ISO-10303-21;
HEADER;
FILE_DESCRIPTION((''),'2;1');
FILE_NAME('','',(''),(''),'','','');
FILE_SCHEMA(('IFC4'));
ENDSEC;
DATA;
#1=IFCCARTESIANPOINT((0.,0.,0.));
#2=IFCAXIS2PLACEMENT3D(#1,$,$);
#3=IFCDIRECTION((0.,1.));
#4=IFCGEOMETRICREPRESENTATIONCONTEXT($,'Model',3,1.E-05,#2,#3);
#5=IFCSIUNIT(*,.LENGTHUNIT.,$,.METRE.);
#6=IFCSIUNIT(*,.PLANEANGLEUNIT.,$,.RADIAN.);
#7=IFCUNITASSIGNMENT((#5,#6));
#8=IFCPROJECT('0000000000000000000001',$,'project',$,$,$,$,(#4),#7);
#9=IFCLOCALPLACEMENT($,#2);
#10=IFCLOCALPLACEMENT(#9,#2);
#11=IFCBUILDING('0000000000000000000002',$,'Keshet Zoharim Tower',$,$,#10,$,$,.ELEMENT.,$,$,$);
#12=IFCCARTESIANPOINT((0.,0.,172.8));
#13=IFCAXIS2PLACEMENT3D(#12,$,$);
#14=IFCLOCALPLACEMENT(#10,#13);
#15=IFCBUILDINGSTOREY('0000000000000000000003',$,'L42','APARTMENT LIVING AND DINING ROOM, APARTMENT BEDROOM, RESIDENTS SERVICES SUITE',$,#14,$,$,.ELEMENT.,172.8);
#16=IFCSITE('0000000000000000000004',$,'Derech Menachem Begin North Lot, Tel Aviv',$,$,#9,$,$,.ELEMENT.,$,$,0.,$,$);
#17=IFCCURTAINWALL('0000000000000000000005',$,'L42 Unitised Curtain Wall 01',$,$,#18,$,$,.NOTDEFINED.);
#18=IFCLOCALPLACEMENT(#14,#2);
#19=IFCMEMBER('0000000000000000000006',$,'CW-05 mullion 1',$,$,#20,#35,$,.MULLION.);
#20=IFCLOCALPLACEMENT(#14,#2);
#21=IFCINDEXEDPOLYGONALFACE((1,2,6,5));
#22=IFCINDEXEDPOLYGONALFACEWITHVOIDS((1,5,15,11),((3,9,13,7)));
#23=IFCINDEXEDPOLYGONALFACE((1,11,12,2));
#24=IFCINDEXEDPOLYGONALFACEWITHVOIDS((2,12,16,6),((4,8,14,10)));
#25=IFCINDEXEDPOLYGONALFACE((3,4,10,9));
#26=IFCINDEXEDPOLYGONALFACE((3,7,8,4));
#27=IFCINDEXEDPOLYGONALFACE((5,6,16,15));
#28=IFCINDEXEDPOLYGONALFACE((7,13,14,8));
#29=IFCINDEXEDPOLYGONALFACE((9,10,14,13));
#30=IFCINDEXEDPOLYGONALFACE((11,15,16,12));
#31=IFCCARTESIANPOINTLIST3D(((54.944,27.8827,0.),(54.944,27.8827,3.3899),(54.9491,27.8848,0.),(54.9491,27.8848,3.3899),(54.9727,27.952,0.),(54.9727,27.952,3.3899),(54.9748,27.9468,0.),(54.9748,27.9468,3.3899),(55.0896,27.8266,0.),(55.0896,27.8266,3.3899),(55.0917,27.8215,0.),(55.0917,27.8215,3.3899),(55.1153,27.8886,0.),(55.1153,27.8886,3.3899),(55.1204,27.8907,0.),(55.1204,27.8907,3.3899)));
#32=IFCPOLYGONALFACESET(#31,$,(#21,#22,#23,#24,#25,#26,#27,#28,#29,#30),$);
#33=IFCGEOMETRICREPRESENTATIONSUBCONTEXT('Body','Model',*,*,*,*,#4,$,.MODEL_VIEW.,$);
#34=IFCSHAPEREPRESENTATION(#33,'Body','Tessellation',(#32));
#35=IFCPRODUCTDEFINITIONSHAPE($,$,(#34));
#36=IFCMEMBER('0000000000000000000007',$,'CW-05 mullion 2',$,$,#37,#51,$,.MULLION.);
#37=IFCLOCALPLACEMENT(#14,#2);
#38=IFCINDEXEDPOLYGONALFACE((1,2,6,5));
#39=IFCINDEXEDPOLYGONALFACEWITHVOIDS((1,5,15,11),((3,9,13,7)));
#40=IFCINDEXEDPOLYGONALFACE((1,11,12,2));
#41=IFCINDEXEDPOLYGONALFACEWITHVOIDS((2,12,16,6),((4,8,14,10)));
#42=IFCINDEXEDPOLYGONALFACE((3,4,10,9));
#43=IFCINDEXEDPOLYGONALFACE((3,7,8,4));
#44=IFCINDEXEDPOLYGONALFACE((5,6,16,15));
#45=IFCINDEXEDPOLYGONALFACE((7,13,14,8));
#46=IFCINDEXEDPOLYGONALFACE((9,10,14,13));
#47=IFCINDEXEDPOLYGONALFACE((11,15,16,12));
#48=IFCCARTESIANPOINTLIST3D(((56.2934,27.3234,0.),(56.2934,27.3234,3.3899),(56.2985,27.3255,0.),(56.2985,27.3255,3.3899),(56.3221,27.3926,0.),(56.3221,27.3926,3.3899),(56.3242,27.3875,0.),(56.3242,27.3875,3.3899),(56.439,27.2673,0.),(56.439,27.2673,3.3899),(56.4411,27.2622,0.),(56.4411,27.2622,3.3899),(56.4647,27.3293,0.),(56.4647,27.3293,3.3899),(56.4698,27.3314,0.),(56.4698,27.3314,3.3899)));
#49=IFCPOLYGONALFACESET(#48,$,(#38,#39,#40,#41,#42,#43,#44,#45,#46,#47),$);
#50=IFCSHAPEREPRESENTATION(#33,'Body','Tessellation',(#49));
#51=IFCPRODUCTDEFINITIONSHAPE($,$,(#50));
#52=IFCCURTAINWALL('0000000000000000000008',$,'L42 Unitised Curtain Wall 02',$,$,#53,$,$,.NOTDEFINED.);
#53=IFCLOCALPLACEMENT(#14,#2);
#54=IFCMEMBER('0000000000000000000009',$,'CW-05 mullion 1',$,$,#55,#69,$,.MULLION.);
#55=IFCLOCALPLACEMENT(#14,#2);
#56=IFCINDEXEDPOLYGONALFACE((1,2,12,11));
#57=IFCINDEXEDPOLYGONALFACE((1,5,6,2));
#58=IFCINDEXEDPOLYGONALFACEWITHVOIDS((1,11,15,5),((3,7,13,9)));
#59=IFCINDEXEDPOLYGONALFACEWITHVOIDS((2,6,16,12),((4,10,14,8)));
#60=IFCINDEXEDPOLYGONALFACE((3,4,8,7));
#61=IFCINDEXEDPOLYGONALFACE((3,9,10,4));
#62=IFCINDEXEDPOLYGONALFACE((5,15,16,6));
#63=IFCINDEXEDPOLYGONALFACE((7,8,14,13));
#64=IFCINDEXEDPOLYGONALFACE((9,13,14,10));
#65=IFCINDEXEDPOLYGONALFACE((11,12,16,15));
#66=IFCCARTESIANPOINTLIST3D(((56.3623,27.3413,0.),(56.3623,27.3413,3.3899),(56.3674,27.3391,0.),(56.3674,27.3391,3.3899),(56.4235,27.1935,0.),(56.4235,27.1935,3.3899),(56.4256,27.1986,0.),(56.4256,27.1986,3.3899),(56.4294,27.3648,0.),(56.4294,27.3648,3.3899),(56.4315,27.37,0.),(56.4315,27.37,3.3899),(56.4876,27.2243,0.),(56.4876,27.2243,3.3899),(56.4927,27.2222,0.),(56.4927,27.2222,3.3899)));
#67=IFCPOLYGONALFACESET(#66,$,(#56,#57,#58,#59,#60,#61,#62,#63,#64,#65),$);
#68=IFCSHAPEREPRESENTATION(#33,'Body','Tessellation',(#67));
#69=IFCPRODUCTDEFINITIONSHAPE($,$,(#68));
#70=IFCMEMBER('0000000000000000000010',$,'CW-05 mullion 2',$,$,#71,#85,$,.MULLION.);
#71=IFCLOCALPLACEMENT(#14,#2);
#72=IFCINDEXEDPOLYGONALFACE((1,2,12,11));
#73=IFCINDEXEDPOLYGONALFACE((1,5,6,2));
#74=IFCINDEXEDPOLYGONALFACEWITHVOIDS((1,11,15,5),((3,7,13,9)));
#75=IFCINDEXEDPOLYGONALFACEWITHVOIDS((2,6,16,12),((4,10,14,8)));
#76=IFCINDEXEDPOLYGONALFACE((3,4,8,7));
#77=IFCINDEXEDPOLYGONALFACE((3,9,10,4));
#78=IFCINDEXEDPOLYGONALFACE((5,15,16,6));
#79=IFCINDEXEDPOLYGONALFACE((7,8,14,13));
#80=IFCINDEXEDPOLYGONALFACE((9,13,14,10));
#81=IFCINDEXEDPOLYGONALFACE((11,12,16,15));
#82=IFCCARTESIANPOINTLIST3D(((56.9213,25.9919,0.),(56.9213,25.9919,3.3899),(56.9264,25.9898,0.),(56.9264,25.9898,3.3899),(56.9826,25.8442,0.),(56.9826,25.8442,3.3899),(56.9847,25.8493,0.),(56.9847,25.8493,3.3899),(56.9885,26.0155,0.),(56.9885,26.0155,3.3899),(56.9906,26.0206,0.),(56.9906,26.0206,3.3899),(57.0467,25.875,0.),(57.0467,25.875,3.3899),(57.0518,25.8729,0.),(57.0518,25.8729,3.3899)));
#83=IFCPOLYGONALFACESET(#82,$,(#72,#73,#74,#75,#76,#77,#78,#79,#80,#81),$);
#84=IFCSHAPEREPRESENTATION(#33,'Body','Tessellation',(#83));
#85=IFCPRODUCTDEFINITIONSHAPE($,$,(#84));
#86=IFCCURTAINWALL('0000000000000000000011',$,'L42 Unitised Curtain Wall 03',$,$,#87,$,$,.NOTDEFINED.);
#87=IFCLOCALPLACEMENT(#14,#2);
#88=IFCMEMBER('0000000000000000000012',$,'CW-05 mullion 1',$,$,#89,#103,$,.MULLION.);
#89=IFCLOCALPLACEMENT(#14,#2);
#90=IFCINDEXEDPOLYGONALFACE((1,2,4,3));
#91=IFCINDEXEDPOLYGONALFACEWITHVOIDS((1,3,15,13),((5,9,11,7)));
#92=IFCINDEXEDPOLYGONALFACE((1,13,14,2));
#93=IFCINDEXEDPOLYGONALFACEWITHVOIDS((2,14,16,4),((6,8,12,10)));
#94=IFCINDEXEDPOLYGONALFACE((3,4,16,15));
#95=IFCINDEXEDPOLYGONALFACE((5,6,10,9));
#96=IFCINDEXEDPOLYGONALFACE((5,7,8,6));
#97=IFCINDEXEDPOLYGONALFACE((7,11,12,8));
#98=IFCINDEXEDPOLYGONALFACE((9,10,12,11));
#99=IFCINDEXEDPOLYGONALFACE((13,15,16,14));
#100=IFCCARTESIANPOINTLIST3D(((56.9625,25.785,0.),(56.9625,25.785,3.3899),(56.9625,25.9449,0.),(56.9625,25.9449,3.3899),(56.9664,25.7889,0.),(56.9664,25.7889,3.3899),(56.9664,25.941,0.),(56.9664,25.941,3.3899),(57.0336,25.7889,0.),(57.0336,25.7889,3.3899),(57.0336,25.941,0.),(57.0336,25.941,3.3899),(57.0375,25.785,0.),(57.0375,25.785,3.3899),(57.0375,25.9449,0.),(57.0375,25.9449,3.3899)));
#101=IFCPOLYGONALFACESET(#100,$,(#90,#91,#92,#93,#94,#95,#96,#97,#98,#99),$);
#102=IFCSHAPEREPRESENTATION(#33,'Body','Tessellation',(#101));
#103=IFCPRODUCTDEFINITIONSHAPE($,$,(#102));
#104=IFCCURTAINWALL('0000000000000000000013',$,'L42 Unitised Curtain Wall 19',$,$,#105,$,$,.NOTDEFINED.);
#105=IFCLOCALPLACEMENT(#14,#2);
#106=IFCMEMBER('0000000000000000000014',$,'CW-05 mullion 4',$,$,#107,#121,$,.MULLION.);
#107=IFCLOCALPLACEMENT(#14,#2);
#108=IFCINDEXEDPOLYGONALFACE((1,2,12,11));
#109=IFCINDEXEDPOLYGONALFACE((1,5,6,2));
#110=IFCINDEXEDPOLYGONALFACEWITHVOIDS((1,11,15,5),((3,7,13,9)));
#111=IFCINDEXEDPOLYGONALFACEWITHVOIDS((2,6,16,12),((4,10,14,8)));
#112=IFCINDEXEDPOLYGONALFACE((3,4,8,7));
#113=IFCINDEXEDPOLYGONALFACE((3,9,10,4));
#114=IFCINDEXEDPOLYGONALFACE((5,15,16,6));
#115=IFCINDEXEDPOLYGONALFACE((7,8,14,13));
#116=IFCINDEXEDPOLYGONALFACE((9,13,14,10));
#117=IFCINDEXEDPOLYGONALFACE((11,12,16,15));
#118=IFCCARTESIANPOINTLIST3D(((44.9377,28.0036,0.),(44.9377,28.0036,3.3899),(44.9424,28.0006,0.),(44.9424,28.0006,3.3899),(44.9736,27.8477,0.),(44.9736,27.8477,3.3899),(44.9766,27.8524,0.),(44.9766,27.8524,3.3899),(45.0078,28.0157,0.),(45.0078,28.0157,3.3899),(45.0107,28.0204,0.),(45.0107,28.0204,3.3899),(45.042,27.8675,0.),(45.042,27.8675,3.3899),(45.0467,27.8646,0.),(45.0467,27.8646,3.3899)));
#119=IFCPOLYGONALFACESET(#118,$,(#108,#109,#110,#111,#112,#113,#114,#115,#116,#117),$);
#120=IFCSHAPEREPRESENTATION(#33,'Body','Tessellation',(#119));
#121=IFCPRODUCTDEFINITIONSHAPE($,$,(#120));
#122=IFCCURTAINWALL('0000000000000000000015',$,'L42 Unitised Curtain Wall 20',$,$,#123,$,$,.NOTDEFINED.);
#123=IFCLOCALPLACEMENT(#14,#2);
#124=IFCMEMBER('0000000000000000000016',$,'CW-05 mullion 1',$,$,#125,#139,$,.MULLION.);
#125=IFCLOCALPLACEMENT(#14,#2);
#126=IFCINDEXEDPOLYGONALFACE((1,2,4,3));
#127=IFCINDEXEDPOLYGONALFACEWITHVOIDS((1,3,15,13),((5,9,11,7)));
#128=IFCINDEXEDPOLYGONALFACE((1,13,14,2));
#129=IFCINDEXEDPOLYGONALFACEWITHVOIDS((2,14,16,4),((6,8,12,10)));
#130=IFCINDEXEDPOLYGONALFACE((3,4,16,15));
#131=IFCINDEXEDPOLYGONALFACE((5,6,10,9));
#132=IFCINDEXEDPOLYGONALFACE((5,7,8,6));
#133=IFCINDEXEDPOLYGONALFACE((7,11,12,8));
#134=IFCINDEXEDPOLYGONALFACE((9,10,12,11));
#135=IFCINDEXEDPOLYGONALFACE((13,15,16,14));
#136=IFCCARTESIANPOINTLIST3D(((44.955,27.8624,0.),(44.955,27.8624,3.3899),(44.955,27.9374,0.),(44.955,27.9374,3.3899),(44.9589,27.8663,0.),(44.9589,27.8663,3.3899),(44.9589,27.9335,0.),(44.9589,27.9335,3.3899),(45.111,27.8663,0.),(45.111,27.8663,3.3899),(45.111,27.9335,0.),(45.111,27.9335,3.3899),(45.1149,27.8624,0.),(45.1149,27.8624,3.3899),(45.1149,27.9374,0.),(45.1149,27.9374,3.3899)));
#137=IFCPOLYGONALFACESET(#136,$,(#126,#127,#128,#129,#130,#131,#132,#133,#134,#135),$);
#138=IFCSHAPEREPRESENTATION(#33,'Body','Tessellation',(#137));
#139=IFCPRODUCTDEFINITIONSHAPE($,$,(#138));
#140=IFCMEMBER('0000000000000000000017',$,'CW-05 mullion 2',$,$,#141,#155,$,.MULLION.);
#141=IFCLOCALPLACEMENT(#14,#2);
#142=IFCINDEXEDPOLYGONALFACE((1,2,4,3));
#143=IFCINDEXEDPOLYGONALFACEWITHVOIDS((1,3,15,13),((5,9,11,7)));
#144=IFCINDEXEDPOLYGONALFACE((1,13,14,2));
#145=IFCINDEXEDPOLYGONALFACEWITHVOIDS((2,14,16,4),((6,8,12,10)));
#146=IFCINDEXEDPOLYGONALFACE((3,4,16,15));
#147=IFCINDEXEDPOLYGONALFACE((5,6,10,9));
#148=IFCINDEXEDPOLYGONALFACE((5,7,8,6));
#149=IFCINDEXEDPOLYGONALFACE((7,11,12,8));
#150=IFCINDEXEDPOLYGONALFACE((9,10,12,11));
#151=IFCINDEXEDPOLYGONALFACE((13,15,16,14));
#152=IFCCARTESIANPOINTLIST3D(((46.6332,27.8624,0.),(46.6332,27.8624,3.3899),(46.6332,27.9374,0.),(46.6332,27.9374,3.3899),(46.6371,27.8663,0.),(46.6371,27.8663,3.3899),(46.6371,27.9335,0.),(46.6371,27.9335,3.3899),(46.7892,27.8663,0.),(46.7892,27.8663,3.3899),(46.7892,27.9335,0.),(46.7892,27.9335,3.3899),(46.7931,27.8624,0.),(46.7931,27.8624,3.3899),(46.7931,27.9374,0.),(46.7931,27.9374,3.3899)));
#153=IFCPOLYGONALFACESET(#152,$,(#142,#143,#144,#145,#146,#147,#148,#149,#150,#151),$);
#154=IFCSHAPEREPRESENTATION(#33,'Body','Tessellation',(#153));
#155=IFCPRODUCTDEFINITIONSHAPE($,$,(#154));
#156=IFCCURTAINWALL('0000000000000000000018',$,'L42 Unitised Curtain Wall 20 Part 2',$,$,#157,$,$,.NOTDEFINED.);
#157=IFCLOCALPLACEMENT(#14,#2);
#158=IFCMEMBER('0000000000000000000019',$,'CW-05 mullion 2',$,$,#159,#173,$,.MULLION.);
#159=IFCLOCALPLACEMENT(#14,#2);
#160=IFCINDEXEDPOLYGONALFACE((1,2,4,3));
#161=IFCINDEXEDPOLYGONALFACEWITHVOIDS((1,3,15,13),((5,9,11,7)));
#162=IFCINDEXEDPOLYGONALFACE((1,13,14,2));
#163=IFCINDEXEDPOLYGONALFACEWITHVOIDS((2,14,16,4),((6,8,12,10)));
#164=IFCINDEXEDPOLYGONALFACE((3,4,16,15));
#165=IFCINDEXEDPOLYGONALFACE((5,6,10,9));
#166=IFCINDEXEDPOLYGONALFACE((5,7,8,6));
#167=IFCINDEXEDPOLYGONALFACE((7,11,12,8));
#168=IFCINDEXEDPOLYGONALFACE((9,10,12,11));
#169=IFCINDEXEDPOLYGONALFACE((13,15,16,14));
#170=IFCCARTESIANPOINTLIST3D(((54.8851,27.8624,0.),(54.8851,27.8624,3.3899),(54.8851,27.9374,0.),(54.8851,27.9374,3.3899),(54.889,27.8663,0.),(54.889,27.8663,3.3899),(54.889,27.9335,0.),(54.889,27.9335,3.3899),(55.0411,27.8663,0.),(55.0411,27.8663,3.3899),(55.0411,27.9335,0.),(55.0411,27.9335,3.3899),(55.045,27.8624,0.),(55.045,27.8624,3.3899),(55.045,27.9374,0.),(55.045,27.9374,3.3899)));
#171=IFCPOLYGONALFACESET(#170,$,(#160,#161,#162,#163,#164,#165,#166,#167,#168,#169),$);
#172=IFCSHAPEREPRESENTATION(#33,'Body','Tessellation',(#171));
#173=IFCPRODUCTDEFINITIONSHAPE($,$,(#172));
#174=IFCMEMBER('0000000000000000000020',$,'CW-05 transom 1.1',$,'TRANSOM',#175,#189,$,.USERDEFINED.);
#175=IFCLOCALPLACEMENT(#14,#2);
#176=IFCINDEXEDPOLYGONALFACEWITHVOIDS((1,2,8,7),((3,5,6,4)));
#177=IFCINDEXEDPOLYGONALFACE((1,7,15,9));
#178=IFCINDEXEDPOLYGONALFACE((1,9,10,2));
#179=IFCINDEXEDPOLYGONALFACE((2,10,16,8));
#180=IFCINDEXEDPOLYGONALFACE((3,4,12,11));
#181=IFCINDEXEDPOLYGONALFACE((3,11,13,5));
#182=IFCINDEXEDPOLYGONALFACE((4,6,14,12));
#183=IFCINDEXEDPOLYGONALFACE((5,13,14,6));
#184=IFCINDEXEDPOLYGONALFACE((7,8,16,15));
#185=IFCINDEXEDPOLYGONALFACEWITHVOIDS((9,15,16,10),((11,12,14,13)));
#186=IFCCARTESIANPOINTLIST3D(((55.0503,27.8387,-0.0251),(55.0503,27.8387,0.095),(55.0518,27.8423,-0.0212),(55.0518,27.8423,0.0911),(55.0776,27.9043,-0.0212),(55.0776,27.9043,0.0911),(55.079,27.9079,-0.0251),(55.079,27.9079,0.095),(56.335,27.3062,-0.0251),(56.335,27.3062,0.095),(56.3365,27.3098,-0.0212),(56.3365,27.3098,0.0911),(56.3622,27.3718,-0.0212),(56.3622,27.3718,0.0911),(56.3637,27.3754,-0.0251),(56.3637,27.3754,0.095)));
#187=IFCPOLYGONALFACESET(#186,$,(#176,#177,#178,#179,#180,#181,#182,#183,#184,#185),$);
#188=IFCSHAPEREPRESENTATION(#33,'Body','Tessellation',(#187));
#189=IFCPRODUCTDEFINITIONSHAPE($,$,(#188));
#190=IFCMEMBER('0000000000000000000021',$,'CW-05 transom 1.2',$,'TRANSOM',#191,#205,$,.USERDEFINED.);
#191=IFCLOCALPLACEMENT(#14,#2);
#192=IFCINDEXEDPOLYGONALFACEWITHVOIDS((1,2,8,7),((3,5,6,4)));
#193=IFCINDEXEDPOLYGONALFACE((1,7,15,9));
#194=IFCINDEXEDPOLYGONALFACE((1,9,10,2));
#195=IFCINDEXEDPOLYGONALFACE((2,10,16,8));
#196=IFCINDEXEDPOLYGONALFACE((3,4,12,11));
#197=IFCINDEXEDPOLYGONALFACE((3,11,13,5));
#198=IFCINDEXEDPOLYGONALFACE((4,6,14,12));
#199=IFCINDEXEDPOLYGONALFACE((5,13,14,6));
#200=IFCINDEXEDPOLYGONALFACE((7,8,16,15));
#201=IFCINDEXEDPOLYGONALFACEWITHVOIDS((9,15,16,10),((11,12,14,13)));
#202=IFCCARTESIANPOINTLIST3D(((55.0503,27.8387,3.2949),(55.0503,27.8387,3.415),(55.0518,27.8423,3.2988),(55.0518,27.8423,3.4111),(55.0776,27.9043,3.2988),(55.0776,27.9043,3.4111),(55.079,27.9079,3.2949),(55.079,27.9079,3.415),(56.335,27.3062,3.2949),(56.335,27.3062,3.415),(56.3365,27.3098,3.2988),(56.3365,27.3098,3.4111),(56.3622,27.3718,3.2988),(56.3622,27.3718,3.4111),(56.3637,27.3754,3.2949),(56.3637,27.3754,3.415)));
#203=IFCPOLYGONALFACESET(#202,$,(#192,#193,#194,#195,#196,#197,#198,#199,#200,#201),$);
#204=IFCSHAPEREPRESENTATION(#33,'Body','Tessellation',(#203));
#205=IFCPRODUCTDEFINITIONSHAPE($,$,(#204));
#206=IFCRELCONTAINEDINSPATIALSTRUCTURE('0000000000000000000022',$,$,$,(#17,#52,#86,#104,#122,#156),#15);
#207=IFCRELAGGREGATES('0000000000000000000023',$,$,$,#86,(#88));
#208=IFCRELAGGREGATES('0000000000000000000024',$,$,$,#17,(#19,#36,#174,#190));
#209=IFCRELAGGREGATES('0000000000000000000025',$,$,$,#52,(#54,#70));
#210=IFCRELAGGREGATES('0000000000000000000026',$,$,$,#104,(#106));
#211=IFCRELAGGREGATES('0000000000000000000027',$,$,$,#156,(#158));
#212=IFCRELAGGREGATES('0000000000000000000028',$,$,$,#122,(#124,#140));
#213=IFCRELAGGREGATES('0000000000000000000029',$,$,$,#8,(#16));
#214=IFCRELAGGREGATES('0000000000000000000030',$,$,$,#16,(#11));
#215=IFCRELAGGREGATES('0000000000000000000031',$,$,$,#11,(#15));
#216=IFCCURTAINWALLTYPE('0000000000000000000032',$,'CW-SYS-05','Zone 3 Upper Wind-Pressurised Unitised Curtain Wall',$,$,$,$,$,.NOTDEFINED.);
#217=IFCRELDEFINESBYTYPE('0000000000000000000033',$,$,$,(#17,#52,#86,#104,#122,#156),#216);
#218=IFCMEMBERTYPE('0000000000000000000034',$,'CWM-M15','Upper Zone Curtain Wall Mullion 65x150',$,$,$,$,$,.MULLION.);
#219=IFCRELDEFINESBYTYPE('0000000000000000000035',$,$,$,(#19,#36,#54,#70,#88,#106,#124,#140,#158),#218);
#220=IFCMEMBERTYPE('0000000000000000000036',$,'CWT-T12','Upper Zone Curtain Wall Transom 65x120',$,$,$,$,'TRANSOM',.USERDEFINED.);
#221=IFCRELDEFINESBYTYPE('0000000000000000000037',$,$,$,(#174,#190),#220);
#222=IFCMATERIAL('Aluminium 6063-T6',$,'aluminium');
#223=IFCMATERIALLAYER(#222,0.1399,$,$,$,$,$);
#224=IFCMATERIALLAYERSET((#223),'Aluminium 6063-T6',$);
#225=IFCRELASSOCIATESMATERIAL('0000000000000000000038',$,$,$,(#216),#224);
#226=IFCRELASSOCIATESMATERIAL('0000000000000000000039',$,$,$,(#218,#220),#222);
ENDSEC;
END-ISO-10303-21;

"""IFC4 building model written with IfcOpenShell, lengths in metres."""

from ifc_helpers import new_model, si_unit, direction, frame, origin, origin_2d, place, context, subcontext, project, spatial, hollow_rectangle, extrude, material, layer, layer_set, material_profile, profile_set, type_object, element, aggregate, save


model = new_model("IFC4")

# Units and contexts
model_context = context("Model", 3, precision=1e-05, world=origin(), true_north=direction((0.0, 1.0)))
body_context = subcontext(model_context, "Body", "Model", "MODEL_VIEW")
ifc_project = project(units=[si_unit("LENGTHUNIT", "METRE"), si_unit("PLANEANGLEUNIT", "RADIAN")], contexts=[model_context])

# Site, building, storey
site_placement = place(None, origin())
site = spatial("IfcSite", under=ifc_project, at=site_placement, Name="Derech Menachem Begin North Lot, Tel Aviv", CompositionType="ELEMENT", RefElevation=0.0)
building_placement = place(site_placement, origin())
building = spatial("IfcBuilding", under=site, at=building_placement, Name="Keshet Zoharim Tower", CompositionType="ELEMENT")
storey_placement = place(building_placement, frame((0.0, 0.0, 172.8)))
storey = spatial("IfcBuildingStorey", under=building, at=storey_placement, Name="L42", Description="APARTMENT LIVING AND DINING ROOM, APARTMENT BEDROOM, RESIDENTS SERVICES SUITE", CompositionType="ELEMENT", Elevation=172.8)

# Curtain walls, members
ifc_material_1 = material(Name="Aluminium 6063-T6", Category="aluminium")
ifc_layer_1 = layer(ifc_material_1, 0.1399)
ifc_layer_set_1 = layer_set([ifc_layer_1], Name="Aluminium 6063-T6")
curtain_wall_type = type_object("IfcCurtainWallType", Name="CW-SYS-05", Description="Zone 3 Upper Wind-Pressurised Unitised Curtain Wall", PredefinedType="NOTDEFINED", material=ifc_layer_set_1)
curtain_wall_1_placement = place(storey_placement, origin())
curtain_wall_1 = element("IfcCurtainWall", 1, at=curtain_wall_1_placement, inside=storey, type_object=curtain_wall_type, Name="L42 Unitised Curtain Wall 01", PredefinedType="NOTDEFINED")
ifc_material_profile_1 = material_profile(ifc_material_1, hollow_rectangle(XDim=0.075, YDim=0.1599, WallThickness=0.0039, at=origin_2d()), Name="MUL-75x160")
ifc_profile_set_1 = profile_set([ifc_material_profile_1], Name="Aluminium 6063-T6")
member_type_1 = type_object("IfcMemberType", Name="CWM-M15", Description="Upper Zone Curtain Wall Mullion 65x150", PredefinedType="MULLION", material=ifc_profile_set_1)
member_1_placement = place(storey_placement, frame((55.0322, 27.8867, 0.0), z_axis=(0.0, 0.0, 1.0), x_axis=(0.382852, 0.92381, 0.0)))
member_1 = element("IfcMember", 2, at=member_1_placement, type_object=member_type_1, Name="CW-05 mullion 1", PredefinedType="MULLION", context=body_context, shape_type="SweptSolid", body=[
    extrude(hollow_rectangle(XDim=0.075, YDim=0.1599, WallThickness=0.0039, at=origin_2d()), origin(), (0.0, 0.0, 1.0), 3.3899),
])
member_2_placement = place(storey_placement, frame((56.3816, 27.3274, 0.0), z_axis=(0.0, 0.0, 1.0), x_axis=(0.382852, 0.92381, 0.0)))
member_2 = element("IfcMember", 3, at=member_2_placement, type_object=member_type_1, Name="CW-05 mullion 2", PredefinedType="MULLION", context=body_context, shape_type="SweptSolid", body=[
    extrude(hollow_rectangle(XDim=0.075, YDim=0.1599, WallThickness=0.0039, at=origin_2d()), origin(), (0.0, 0.0, 1.0), 3.3899),
])
curtain_wall_2_placement = place(storey_placement, origin())
curtain_wall_2 = element("IfcCurtainWall", 4, at=curtain_wall_2_placement, inside=storey, type_object=curtain_wall_type, Name="L42 Unitised Curtain Wall 02", PredefinedType="NOTDEFINED")
member_3_placement = place(storey_placement, frame((56.4275, 27.2817, 0.0), z_axis=(0.0, 0.0, 1.0), x_axis=(0.92381, 0.382852, 0.0)))
member_3 = element("IfcMember", 5, at=member_3_placement, type_object=member_type_1, Name="CW-05 mullion 1", PredefinedType="MULLION", context=body_context, shape_type="SweptSolid", body=[
    extrude(hollow_rectangle(XDim=0.075, YDim=0.1599, WallThickness=0.0039, at=origin_2d()), origin(), (0.0, 0.0, 1.0), 3.3899),
])
member_4_placement = place(storey_placement, frame((56.9866, 25.9324, 0.0), z_axis=(0.0, 0.0, 1.0), x_axis=(0.92381, 0.382852, 0.0)))
member_4 = element("IfcMember", 6, at=member_4_placement, type_object=member_type_1, Name="CW-05 mullion 2", PredefinedType="MULLION", context=body_context, shape_type="SweptSolid", body=[
    extrude(hollow_rectangle(XDim=0.075, YDim=0.1599, WallThickness=0.0039, at=origin_2d()), origin(), (0.0, 0.0, 1.0), 3.3899),
])

# Curtain walls, members
curtain_wall_3_placement = place(storey_placement, origin())
curtain_wall_3 = element("IfcCurtainWall", 7, at=curtain_wall_3_placement, inside=storey, type_object=curtain_wall_type, Name="L42 Unitised Curtain Wall 03", PredefinedType="NOTDEFINED")
member_5_placement = place(storey_placement, frame((57.0, 25.865, 0.0), z_axis=(0.0, 0.0, 1.0), x_axis=(1.0, 0.0, 0.0)))
member_5 = element("IfcMember", 8, at=member_5_placement, type_object=member_type_1, Name="CW-05 mullion 1", PredefinedType="MULLION", context=body_context, shape_type="SweptSolid", body=[
    extrude(hollow_rectangle(XDim=0.075, YDim=0.1599, WallThickness=0.0039, at=origin_2d()), origin(), (0.0, 0.0, 1.0), 3.3899),
])
curtain_wall_4_placement = place(storey_placement, origin())
curtain_wall_4 = element("IfcCurtainWall", 9, at=curtain_wall_4_placement, inside=storey, type_object=curtain_wall_type, Name="L42 Unitised Curtain Wall 19", PredefinedType="NOTDEFINED")
member_6_placement = place(storey_placement, frame((44.9922, 27.9341, 0.0), z_axis=(0.0, 0.0, 1.0), x_axis=(0.974394, 0.224848, 0.0)))
member_6 = element("IfcMember", 10, at=member_6_placement, type_object=member_type_1, Name="CW-05 mullion 4", PredefinedType="MULLION", context=body_context, shape_type="SweptSolid", body=[
    extrude(hollow_rectangle(XDim=0.075, YDim=0.1599, WallThickness=0.0039, at=origin_2d()), origin(), (0.0, 0.0, 1.0), 3.3899),
])

# Curtain wall, members
curtain_wall_5_placement = place(storey_placement, origin())
curtain_wall_5 = element("IfcCurtainWall", 11, at=curtain_wall_5_placement, inside=storey, type_object=curtain_wall_type, Name="L42 Unitised Curtain Wall 20", PredefinedType="NOTDEFINED")
member_7_placement = place(storey_placement, frame((45.0349, 27.8999, 0.0), z_axis=(0.0, 0.0, 1.0), x_axis=(0.0, 1.0, 0.0)))
member_7 = element("IfcMember", 12, at=member_7_placement, type_object=member_type_1, Name="CW-05 mullion 1", PredefinedType="MULLION", context=body_context, shape_type="SweptSolid", body=[
    extrude(hollow_rectangle(XDim=0.075, YDim=0.1599, WallThickness=0.0039, at=origin_2d()), origin(), (0.0, 0.0, 1.0), 3.3899),
])
member_8_placement = place(storey_placement, frame((46.7131, 27.8999, 0.0), z_axis=(0.0, 0.0, 1.0), x_axis=(0.0, 1.0, 0.0)))
member_8 = element("IfcMember", 13, at=member_8_placement, type_object=member_type_1, Name="CW-05 mullion 2", PredefinedType="MULLION", context=body_context, shape_type="SweptSolid", body=[
    extrude(hollow_rectangle(XDim=0.075, YDim=0.1599, WallThickness=0.0039, at=origin_2d()), origin(), (0.0, 0.0, 1.0), 3.3899),
])

# Curtain wall, member
curtain_wall_6_placement = place(storey_placement, origin())
curtain_wall_6 = element("IfcCurtainWall", 14, at=curtain_wall_6_placement, inside=storey, type_object=curtain_wall_type, Name="L42 Unitised Curtain Wall 20 Part 2", PredefinedType="NOTDEFINED")
member_9_placement = place(storey_placement, frame((54.9651, 27.8999, 0.0), z_axis=(0.0, 0.0, 1.0), x_axis=(0.0, 1.0, 0.0)))
member_9 = element("IfcMember", 15, at=member_9_placement, type_object=member_type_1, Name="CW-05 mullion 2", PredefinedType="MULLION", context=body_context, shape_type="SweptSolid", body=[
    extrude(hollow_rectangle(XDim=0.075, YDim=0.1599, WallThickness=0.0039, at=origin_2d()), origin(), (0.0, 0.0, 1.0), 3.3899),
])

# Members
ifc_material_profile_2 = material_profile(ifc_material_1, hollow_rectangle(XDim=0.075, YDim=0.1201, WallThickness=0.0039, at=origin_2d()), Name="TRN-75x120")
ifc_profile_set_2 = profile_set([ifc_material_profile_2], Name="Aluminium 6063-T6")
member_type_2 = type_object("IfcMemberType", Name="CWT-T12", Description="Upper Zone Curtain Wall Transom 65x120", ElementType="TRANSOM", PredefinedType="USERDEFINED", material=ifc_profile_set_2)
member_10_placement = place(storey_placement, frame((55.0647, 27.8733, 0.0349), z_axis=(0.923792, -0.382894, 0.0), x_axis=(0.382894, 0.923792, 0.0)))
member_10 = element("IfcMember", 16, at=member_10_placement, type_object=member_type_2, Name="CW-05 transom 1.1", ObjectType="TRANSOM", PredefinedType="USERDEFINED", context=body_context, shape_type="SweptSolid", body=[
    extrude(hollow_rectangle(XDim=0.075, YDim=0.1201, WallThickness=0.0039, at=origin_2d()), origin(), (0.0, 0.0, 1.0), 1.3906),
])
member_11_placement = place(storey_placement, frame((55.0647, 27.8733, 3.355), z_axis=(0.923792, -0.382894, 0.0), x_axis=(0.382894, 0.923792, 0.0)))
member_11 = element("IfcMember", 17, at=member_11_placement, type_object=member_type_2, Name="CW-05 transom 1.2", ObjectType="TRANSOM", PredefinedType="USERDEFINED", context=body_context, shape_type="SweptSolid", body=[
    extrude(hollow_rectangle(XDim=0.075, YDim=0.1201, WallThickness=0.0039, at=origin_2d()), origin(), (0.0, 0.0, 1.0), 1.3906),
])
aggregate(curtain_wall_3, [member_5])

aggregate(curtain_wall_1, [member_1, member_2, member_10, member_11])
aggregate(curtain_wall_2, [member_3, member_4])
aggregate(curtain_wall_4, [member_6])
aggregate(curtain_wall_6, [member_9])
aggregate(curtain_wall_5, [member_7, member_8])

save(model, "model.ifc")
